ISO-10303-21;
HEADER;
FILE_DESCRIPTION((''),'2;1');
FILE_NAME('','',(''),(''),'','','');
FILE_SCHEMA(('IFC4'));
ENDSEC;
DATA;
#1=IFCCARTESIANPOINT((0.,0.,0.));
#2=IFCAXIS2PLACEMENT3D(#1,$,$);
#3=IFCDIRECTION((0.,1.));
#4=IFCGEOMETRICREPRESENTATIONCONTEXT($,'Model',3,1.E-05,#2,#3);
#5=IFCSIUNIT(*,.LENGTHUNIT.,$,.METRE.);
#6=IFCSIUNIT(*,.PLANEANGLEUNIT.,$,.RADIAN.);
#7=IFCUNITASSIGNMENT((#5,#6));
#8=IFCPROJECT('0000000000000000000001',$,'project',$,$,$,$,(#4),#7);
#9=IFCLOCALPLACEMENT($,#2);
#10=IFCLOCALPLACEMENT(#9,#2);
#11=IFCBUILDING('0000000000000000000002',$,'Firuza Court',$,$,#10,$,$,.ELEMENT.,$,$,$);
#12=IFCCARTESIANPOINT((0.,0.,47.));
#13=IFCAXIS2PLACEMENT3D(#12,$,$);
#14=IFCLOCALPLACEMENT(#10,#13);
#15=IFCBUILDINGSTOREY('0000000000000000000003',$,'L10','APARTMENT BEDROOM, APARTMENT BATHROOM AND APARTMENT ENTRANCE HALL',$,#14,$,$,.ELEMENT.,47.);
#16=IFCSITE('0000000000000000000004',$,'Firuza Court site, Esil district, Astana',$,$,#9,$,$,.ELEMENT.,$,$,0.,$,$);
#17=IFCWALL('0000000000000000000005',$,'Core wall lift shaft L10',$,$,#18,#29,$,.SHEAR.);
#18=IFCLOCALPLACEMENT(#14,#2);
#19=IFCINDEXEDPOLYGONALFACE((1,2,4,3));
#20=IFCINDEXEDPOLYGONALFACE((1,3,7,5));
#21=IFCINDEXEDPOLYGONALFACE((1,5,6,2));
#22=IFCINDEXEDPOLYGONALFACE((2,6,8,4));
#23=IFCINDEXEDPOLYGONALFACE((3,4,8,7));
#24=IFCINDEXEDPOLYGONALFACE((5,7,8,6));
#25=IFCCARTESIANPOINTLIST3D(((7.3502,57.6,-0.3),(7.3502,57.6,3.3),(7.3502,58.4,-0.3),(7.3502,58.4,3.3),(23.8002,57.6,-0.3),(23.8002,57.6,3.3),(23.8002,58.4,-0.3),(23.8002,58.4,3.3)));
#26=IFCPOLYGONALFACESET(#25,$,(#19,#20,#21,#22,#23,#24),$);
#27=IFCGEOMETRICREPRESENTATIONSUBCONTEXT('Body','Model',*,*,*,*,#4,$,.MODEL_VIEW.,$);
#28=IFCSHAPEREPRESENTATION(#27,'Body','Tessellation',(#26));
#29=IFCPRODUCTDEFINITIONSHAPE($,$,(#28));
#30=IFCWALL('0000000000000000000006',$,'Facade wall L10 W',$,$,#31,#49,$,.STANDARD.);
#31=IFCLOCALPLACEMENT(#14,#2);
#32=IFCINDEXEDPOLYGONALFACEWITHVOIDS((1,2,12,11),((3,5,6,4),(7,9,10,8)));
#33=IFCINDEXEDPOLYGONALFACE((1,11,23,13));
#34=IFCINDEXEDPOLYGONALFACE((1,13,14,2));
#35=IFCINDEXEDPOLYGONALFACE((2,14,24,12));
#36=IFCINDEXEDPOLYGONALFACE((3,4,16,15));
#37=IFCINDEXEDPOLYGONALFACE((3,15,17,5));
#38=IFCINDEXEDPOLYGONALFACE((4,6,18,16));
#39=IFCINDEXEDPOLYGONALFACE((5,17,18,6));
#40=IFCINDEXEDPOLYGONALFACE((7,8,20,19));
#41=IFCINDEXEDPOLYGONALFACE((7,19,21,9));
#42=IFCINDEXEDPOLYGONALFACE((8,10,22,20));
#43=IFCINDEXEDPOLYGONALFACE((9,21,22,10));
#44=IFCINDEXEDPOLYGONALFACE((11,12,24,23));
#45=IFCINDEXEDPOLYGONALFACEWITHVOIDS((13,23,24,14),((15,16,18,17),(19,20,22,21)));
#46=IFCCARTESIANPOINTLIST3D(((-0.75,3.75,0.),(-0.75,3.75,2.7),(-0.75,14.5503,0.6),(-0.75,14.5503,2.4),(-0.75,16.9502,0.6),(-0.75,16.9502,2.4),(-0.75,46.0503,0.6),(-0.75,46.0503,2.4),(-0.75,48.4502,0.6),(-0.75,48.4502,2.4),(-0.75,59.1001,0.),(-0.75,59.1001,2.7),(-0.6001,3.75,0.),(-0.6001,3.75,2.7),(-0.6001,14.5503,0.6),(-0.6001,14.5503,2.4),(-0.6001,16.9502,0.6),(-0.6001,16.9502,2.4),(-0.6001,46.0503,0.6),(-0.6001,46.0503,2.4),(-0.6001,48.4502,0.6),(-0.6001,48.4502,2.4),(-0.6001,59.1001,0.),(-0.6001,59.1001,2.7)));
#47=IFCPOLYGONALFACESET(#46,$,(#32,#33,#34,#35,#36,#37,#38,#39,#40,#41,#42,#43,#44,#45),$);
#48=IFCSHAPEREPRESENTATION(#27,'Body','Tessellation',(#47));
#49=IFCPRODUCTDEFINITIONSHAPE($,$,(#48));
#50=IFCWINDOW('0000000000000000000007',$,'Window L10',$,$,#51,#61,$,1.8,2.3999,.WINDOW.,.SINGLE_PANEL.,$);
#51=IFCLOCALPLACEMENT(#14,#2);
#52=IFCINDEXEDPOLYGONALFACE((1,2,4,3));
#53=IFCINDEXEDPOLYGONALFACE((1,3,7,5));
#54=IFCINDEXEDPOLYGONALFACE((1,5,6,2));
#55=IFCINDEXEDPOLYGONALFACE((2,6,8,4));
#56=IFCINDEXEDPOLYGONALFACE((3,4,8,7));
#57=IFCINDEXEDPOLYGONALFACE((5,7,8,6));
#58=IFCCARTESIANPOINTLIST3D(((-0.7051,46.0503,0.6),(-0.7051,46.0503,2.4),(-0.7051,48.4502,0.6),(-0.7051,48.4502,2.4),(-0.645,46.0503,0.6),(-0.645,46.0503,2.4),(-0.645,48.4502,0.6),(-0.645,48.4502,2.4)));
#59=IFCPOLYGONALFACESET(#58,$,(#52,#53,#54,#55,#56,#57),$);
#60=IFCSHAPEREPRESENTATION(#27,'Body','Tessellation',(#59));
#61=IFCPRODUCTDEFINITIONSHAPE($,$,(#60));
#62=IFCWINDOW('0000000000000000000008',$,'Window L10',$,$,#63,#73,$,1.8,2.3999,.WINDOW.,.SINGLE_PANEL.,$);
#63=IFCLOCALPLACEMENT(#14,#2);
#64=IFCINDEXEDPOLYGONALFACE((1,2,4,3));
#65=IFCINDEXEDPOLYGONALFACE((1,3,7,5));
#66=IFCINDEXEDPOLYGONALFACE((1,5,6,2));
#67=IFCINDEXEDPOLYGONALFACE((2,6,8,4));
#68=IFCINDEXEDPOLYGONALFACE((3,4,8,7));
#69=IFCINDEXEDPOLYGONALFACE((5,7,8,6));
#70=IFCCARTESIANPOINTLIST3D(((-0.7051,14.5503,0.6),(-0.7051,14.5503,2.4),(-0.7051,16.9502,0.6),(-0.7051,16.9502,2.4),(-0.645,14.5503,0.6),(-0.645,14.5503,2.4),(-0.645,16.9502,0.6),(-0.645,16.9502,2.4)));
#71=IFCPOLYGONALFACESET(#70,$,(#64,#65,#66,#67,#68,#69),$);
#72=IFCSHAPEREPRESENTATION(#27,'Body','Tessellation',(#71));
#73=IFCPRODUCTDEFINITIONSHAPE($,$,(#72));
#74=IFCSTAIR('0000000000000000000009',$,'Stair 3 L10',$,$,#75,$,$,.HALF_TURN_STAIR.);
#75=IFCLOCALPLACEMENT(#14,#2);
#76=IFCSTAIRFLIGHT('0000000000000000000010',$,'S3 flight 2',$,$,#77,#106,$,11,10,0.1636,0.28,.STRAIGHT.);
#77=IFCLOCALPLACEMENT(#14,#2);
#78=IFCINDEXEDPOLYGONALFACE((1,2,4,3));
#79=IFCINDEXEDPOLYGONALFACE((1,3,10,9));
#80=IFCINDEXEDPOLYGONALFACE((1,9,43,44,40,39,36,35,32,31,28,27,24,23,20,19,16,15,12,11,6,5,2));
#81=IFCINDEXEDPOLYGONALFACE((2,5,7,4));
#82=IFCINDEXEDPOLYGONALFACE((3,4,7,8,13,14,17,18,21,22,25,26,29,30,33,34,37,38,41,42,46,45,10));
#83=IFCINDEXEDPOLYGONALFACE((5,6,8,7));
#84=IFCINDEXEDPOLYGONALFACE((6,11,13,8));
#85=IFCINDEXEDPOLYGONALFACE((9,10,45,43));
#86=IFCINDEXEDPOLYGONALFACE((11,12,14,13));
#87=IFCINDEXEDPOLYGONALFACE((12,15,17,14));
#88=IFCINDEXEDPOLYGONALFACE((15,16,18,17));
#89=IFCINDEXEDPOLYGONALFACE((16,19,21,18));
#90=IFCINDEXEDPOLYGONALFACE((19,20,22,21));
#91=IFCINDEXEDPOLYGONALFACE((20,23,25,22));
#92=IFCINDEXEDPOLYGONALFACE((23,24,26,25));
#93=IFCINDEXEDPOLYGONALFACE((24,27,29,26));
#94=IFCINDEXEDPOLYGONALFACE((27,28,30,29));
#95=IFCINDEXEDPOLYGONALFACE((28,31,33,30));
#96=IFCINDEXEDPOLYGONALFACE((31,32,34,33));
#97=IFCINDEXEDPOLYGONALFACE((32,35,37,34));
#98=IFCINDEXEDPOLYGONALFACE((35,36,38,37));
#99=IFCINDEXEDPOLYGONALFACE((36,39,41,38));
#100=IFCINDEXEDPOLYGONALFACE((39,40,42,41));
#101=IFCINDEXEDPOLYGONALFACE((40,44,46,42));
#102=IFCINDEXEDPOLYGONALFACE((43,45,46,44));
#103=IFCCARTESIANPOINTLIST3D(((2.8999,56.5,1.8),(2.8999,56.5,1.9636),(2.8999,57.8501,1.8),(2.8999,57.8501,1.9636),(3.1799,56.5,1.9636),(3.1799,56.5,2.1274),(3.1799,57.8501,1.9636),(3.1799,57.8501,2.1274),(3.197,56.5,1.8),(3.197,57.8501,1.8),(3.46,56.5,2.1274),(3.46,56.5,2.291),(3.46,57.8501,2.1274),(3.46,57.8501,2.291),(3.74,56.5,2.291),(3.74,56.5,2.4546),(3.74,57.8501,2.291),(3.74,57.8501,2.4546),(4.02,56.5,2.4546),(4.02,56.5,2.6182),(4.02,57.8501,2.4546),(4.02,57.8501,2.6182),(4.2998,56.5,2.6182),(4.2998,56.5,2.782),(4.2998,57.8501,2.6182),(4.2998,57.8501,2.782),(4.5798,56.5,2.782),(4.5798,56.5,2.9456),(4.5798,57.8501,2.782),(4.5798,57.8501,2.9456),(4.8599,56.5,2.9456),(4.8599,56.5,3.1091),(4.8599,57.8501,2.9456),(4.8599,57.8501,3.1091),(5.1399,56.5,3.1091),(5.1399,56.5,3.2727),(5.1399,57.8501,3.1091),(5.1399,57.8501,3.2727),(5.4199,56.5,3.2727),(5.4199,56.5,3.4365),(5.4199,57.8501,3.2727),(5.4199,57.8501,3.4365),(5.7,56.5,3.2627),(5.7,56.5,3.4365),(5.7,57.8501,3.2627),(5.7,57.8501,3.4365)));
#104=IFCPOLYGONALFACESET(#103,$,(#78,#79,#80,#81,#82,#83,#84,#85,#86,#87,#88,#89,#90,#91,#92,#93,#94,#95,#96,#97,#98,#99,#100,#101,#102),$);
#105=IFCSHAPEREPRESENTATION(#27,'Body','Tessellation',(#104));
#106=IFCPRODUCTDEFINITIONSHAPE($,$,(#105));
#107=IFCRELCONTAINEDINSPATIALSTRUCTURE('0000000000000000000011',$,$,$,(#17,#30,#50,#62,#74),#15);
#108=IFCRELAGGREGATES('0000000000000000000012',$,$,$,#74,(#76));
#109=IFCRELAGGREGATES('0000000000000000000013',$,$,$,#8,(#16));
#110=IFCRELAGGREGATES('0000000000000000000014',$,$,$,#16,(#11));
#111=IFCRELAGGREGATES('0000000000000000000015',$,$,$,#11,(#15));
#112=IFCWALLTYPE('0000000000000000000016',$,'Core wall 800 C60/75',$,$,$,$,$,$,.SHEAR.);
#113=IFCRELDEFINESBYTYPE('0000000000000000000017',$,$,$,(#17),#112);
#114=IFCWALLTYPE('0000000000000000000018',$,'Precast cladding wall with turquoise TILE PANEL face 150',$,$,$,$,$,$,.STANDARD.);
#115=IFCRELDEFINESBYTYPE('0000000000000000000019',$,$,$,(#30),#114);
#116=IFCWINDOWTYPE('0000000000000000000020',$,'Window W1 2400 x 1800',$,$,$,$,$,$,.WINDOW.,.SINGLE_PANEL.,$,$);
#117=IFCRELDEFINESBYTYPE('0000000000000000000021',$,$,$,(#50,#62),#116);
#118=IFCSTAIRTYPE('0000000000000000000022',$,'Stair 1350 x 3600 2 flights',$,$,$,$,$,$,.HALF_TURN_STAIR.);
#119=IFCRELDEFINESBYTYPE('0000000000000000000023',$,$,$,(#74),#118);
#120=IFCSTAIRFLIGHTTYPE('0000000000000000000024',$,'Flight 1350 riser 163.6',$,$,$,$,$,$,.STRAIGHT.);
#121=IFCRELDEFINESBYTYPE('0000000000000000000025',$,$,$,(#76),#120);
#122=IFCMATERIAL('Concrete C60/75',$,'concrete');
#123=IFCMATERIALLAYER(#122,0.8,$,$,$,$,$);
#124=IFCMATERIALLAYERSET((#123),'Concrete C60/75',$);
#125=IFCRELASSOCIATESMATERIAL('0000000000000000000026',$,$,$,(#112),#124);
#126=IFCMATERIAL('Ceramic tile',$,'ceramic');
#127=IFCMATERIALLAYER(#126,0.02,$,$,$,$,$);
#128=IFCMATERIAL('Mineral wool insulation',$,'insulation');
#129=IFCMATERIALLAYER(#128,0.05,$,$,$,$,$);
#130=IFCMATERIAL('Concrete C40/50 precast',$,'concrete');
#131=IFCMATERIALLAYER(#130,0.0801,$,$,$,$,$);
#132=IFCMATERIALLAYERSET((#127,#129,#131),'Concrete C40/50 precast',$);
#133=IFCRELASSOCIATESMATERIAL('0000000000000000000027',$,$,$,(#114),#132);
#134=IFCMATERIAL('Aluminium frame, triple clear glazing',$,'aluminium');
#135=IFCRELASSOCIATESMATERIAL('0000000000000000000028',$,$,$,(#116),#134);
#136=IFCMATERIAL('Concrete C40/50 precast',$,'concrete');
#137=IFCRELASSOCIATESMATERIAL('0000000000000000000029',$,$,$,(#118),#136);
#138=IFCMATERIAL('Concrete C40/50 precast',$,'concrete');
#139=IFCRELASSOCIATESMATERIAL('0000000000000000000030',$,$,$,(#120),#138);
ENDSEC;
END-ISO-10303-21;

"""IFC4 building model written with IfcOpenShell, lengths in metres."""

from ifc_helpers import new_model, si_unit, direction, frame, frame_2d, origin, place, context, subcontext, project, spatial, polyline, rectangle, outline, extrude, material, layer, layer_set, type_object, element, fill, aggregate, save


model = new_model("IFC4")

# Units and contexts
model_context = context("Model", 3, precision=1e-05, world=origin(), true_north=direction((0.0, 1.0)))
body_context = subcontext(model_context, "Body", "Model", "MODEL_VIEW")
ifc_project = project(units=[si_unit("LENGTHUNIT", "METRE"), si_unit("PLANEANGLEUNIT", "RADIAN")], contexts=[model_context])

# Site, building, storey
site_placement = place(None, origin())
site = spatial("IfcSite", under=ifc_project, at=site_placement, Name="Firuza Court site, Esil district, Astana", CompositionType="ELEMENT", RefElevation=0.0)
building_placement = place(site_placement, origin())
building = spatial("IfcBuilding", under=site, at=building_placement, Name="Firuza Court", CompositionType="ELEMENT")
storey_placement = place(building_placement, frame((0.0, 0.0, 47.0)))
storey = spatial("IfcBuildingStorey", under=building, at=storey_placement, Name="L10", Description="APARTMENT BEDROOM, APARTMENT BATHROOM AND APARTMENT ENTRANCE HALL", CompositionType="ELEMENT", Elevation=47.0)

# Wall
ifc_material_1 = material(Name="Concrete C60/75", Category="concrete")
ifc_layer_1 = layer(ifc_material_1, 0.8)
ifc_layer_set_1 = layer_set([ifc_layer_1], Name="Concrete C60/75")
wall_type_1 = type_object("IfcWallType", Name="Core wall 800 C60/75", PredefinedType="SHEAR", material=ifc_layer_set_1)
wall_1_placement = place(storey_placement, frame((7.3501, 58.0, -0.3), z_axis=(0.0, 0.0, 1.0), x_axis=(1.0, 0.0, 0.0)))
element("IfcWall", 1, at=wall_1_placement, inside=storey, type_object=wall_type_1, Name="Core wall lift shaft L10", PredefinedType="SHEAR", context=body_context, shape_type="SweptSolid", body=[
    extrude(rectangle(XDim=16.45, YDim=0.8, at=frame_2d((8.2251, 0.0))), origin(), (0.0, 0.0, 1.0), 3.6001),
])

# Wall, openings, windows
ifc_material_2 = material(Name="Ceramic tile", Category="ceramic")
ifc_layer_2 = layer(ifc_material_2, 0.02)
ifc_material_3 = material(Name="Mineral wool insulation", Category="insulation")
ifc_layer_3 = layer(ifc_material_3, 0.05)
ifc_material_4 = material(Name="Concrete C40/50 precast", Category="concrete")
ifc_layer_4 = layer(ifc_material_4, 0.0801)
ifc_layer_set_2 = layer_set([ifc_layer_2, ifc_layer_3, ifc_layer_4], Name="Concrete C40/50 precast")
wall_type_2 = type_object("IfcWallType", Name="Precast cladding wall with turquoise TILE PANEL face 150", PredefinedType="STANDARD", material=ifc_layer_set_2)
wall_2_placement = place(storey_placement, frame((-0.675, 59.1001, 0.0), z_axis=(0.0, 0.0, 1.0), x_axis=(0.0, -1.0, 0.0)))
wall_2 = element("IfcWall", 2, at=wall_2_placement, inside=storey, type_object=wall_type_2, Name="Facade wall L10 W", PredefinedType="STANDARD", context=body_context, shape_type="SweptSolid", body=[
    extrude(rectangle(XDim=55.3501, YDim=0.1499, at=frame_2d((27.675, 0.0))), origin(), (0.0, 0.0, 1.0), 2.7),
])
opening_1_placement = place(wall_2_placement, frame((10.6499, 0.0, 0.6001)))
opening_1 = element("IfcOpeningElement", 3, at=opening_1_placement, cuts=wall_2, PredefinedType="OPENING", context=body_context, shape_type="SweptSolid", body=[
    extrude(rectangle(XDim=2.3999, YDim=1.8, at=frame_2d((1.2, 0.8999))), frame((0.0, 0.0869, 0.0), z_axis=(0.0, -1.0, 0.0), x_axis=(1.0, 0.0, 0.0)), (0.0, 0.0, 1.0), 0.1738),
])
opening_2_placement = place(wall_2_placement, frame((42.1499, 0.0, 0.6001)))
opening_2 = element("IfcOpeningElement", 4, at=opening_2_placement, cuts=wall_2, PredefinedType="OPENING", context=body_context, shape_type="SweptSolid", body=[
    extrude(rectangle(XDim=2.3999, YDim=1.8, at=frame_2d((1.2, 0.8999))), frame((0.0, 0.0869, 0.0), z_axis=(0.0, -1.0, 0.0), x_axis=(1.0, 0.0, 0.0)), (0.0, 0.0, 1.0), 0.1738),
])
ifc_material_5 = material(Name="Aluminium frame, triple clear glazing", Category="aluminium")
window_type = type_object("IfcWindowType", Name="Window W1 2400 x 1800", PartitioningType="SINGLE_PANEL", PredefinedType="WINDOW", material=ifc_material_5)
window_1_placement = place(opening_1_placement, origin())
window_1 = element("IfcWindow", 5, at=window_1_placement, inside=storey, type_object=window_type, Name="Window L10", OverallHeight=1.8, OverallWidth=2.3999, PartitioningType="SINGLE_PANEL", PredefinedType="WINDOW", context=body_context, shape_type="SweptSolid", body=[
    extrude(rectangle(XDim=2.3999, YDim=1.8, at=frame_2d((1.2, 0.8999))), frame((0.0, 0.03, 0.0), z_axis=(0.0, -1.0, 0.0), x_axis=(1.0, 0.0, 0.0)), (0.0, 0.0, 1.0), 0.0601),
])
fill(opening_1, window_1)
window_2_placement = place(opening_2_placement, origin())
window_2 = element("IfcWindow", 6, at=window_2_placement, inside=storey, type_object=window_type, Name="Window L10", OverallHeight=1.8, OverallWidth=2.3999, PartitioningType="SINGLE_PANEL", PredefinedType="WINDOW", context=body_context, shape_type="SweptSolid", body=[
    extrude(rectangle(XDim=2.3999, YDim=1.8, at=frame_2d((1.2, 0.8999))), frame((0.0, 0.03, 0.0), z_axis=(0.0, -1.0, 0.0), x_axis=(1.0, 0.0, 0.0)), (0.0, 0.0, 1.0), 0.0601),
])
fill(opening_2, window_2)

# Stair, stair flight
ifc_material_6 = material(Name="Concrete C40/50 precast", Category="concrete")
stair_type = type_object("IfcStairType", Name="Stair 1350 x 3600 2 flights", PredefinedType="HALF_TURN_STAIR", material=ifc_material_6)
stair_placement = place(storey_placement, origin())
stair = element("IfcStair", 7, at=stair_placement, inside=storey, type_object=stair_type, Name="Stair 3 L10", PredefinedType="HALF_TURN_STAIR")
ifc_material_7 = material(Name="Concrete C40/50 precast", Category="concrete")
stair_flight_type = type_object("IfcStairFlightType", Name="Flight 1350 riser 163.6", PredefinedType="STRAIGHT", material=ifc_material_7)
stair_flight_placement = place(storey_placement, frame((2.8999, 57.175, 1.8), z_axis=(0.0, 0.0, 1.0), x_axis=(1.0, 0.0, 0.0)))
stair_flight = element("IfcStairFlight", 8, at=stair_flight_placement, type_object=stair_flight_type, Name="S3 flight 2", NumberOfRisers=11, NumberOfTreads=10, PredefinedType="STRAIGHT", RiserHeight=0.1636, TreadLength=0.28, context=body_context, shape_type="SweptSolid", body=[
    extrude(outline(polyline([(0.0, 0.0), (0.0, 0.1636), (0.28, 0.1636), (0.28, 0.3274), (0.5601, 0.3274), (0.5601, 0.491), (0.8401, 0.491), (0.8401, 0.6545), (1.1201, 0.6545), (1.1201, 0.8181), (1.3999, 0.8181), (1.3999, 0.9819), (1.6799, 0.9819), (1.6799, 1.1455), (1.96, 1.1455), (1.96, 1.3091), (2.24, 1.3091), (2.24, 1.4727), (2.52, 1.4727), (2.52, 1.6365), (2.8, 1.6365), (2.8, 1.8), (2.8, 1.4626), (0.2971, 0.0), (0.0, 0.0)])), frame((0.0, 0.675, 0.0), z_axis=(0.0, -1.0, 0.0), x_axis=(1.0, 0.0, 0.0)), (0.0, 0.0, 1.0), 1.3501),
])
aggregate(stair, [stair_flight])

save(model, "model.ifc")
